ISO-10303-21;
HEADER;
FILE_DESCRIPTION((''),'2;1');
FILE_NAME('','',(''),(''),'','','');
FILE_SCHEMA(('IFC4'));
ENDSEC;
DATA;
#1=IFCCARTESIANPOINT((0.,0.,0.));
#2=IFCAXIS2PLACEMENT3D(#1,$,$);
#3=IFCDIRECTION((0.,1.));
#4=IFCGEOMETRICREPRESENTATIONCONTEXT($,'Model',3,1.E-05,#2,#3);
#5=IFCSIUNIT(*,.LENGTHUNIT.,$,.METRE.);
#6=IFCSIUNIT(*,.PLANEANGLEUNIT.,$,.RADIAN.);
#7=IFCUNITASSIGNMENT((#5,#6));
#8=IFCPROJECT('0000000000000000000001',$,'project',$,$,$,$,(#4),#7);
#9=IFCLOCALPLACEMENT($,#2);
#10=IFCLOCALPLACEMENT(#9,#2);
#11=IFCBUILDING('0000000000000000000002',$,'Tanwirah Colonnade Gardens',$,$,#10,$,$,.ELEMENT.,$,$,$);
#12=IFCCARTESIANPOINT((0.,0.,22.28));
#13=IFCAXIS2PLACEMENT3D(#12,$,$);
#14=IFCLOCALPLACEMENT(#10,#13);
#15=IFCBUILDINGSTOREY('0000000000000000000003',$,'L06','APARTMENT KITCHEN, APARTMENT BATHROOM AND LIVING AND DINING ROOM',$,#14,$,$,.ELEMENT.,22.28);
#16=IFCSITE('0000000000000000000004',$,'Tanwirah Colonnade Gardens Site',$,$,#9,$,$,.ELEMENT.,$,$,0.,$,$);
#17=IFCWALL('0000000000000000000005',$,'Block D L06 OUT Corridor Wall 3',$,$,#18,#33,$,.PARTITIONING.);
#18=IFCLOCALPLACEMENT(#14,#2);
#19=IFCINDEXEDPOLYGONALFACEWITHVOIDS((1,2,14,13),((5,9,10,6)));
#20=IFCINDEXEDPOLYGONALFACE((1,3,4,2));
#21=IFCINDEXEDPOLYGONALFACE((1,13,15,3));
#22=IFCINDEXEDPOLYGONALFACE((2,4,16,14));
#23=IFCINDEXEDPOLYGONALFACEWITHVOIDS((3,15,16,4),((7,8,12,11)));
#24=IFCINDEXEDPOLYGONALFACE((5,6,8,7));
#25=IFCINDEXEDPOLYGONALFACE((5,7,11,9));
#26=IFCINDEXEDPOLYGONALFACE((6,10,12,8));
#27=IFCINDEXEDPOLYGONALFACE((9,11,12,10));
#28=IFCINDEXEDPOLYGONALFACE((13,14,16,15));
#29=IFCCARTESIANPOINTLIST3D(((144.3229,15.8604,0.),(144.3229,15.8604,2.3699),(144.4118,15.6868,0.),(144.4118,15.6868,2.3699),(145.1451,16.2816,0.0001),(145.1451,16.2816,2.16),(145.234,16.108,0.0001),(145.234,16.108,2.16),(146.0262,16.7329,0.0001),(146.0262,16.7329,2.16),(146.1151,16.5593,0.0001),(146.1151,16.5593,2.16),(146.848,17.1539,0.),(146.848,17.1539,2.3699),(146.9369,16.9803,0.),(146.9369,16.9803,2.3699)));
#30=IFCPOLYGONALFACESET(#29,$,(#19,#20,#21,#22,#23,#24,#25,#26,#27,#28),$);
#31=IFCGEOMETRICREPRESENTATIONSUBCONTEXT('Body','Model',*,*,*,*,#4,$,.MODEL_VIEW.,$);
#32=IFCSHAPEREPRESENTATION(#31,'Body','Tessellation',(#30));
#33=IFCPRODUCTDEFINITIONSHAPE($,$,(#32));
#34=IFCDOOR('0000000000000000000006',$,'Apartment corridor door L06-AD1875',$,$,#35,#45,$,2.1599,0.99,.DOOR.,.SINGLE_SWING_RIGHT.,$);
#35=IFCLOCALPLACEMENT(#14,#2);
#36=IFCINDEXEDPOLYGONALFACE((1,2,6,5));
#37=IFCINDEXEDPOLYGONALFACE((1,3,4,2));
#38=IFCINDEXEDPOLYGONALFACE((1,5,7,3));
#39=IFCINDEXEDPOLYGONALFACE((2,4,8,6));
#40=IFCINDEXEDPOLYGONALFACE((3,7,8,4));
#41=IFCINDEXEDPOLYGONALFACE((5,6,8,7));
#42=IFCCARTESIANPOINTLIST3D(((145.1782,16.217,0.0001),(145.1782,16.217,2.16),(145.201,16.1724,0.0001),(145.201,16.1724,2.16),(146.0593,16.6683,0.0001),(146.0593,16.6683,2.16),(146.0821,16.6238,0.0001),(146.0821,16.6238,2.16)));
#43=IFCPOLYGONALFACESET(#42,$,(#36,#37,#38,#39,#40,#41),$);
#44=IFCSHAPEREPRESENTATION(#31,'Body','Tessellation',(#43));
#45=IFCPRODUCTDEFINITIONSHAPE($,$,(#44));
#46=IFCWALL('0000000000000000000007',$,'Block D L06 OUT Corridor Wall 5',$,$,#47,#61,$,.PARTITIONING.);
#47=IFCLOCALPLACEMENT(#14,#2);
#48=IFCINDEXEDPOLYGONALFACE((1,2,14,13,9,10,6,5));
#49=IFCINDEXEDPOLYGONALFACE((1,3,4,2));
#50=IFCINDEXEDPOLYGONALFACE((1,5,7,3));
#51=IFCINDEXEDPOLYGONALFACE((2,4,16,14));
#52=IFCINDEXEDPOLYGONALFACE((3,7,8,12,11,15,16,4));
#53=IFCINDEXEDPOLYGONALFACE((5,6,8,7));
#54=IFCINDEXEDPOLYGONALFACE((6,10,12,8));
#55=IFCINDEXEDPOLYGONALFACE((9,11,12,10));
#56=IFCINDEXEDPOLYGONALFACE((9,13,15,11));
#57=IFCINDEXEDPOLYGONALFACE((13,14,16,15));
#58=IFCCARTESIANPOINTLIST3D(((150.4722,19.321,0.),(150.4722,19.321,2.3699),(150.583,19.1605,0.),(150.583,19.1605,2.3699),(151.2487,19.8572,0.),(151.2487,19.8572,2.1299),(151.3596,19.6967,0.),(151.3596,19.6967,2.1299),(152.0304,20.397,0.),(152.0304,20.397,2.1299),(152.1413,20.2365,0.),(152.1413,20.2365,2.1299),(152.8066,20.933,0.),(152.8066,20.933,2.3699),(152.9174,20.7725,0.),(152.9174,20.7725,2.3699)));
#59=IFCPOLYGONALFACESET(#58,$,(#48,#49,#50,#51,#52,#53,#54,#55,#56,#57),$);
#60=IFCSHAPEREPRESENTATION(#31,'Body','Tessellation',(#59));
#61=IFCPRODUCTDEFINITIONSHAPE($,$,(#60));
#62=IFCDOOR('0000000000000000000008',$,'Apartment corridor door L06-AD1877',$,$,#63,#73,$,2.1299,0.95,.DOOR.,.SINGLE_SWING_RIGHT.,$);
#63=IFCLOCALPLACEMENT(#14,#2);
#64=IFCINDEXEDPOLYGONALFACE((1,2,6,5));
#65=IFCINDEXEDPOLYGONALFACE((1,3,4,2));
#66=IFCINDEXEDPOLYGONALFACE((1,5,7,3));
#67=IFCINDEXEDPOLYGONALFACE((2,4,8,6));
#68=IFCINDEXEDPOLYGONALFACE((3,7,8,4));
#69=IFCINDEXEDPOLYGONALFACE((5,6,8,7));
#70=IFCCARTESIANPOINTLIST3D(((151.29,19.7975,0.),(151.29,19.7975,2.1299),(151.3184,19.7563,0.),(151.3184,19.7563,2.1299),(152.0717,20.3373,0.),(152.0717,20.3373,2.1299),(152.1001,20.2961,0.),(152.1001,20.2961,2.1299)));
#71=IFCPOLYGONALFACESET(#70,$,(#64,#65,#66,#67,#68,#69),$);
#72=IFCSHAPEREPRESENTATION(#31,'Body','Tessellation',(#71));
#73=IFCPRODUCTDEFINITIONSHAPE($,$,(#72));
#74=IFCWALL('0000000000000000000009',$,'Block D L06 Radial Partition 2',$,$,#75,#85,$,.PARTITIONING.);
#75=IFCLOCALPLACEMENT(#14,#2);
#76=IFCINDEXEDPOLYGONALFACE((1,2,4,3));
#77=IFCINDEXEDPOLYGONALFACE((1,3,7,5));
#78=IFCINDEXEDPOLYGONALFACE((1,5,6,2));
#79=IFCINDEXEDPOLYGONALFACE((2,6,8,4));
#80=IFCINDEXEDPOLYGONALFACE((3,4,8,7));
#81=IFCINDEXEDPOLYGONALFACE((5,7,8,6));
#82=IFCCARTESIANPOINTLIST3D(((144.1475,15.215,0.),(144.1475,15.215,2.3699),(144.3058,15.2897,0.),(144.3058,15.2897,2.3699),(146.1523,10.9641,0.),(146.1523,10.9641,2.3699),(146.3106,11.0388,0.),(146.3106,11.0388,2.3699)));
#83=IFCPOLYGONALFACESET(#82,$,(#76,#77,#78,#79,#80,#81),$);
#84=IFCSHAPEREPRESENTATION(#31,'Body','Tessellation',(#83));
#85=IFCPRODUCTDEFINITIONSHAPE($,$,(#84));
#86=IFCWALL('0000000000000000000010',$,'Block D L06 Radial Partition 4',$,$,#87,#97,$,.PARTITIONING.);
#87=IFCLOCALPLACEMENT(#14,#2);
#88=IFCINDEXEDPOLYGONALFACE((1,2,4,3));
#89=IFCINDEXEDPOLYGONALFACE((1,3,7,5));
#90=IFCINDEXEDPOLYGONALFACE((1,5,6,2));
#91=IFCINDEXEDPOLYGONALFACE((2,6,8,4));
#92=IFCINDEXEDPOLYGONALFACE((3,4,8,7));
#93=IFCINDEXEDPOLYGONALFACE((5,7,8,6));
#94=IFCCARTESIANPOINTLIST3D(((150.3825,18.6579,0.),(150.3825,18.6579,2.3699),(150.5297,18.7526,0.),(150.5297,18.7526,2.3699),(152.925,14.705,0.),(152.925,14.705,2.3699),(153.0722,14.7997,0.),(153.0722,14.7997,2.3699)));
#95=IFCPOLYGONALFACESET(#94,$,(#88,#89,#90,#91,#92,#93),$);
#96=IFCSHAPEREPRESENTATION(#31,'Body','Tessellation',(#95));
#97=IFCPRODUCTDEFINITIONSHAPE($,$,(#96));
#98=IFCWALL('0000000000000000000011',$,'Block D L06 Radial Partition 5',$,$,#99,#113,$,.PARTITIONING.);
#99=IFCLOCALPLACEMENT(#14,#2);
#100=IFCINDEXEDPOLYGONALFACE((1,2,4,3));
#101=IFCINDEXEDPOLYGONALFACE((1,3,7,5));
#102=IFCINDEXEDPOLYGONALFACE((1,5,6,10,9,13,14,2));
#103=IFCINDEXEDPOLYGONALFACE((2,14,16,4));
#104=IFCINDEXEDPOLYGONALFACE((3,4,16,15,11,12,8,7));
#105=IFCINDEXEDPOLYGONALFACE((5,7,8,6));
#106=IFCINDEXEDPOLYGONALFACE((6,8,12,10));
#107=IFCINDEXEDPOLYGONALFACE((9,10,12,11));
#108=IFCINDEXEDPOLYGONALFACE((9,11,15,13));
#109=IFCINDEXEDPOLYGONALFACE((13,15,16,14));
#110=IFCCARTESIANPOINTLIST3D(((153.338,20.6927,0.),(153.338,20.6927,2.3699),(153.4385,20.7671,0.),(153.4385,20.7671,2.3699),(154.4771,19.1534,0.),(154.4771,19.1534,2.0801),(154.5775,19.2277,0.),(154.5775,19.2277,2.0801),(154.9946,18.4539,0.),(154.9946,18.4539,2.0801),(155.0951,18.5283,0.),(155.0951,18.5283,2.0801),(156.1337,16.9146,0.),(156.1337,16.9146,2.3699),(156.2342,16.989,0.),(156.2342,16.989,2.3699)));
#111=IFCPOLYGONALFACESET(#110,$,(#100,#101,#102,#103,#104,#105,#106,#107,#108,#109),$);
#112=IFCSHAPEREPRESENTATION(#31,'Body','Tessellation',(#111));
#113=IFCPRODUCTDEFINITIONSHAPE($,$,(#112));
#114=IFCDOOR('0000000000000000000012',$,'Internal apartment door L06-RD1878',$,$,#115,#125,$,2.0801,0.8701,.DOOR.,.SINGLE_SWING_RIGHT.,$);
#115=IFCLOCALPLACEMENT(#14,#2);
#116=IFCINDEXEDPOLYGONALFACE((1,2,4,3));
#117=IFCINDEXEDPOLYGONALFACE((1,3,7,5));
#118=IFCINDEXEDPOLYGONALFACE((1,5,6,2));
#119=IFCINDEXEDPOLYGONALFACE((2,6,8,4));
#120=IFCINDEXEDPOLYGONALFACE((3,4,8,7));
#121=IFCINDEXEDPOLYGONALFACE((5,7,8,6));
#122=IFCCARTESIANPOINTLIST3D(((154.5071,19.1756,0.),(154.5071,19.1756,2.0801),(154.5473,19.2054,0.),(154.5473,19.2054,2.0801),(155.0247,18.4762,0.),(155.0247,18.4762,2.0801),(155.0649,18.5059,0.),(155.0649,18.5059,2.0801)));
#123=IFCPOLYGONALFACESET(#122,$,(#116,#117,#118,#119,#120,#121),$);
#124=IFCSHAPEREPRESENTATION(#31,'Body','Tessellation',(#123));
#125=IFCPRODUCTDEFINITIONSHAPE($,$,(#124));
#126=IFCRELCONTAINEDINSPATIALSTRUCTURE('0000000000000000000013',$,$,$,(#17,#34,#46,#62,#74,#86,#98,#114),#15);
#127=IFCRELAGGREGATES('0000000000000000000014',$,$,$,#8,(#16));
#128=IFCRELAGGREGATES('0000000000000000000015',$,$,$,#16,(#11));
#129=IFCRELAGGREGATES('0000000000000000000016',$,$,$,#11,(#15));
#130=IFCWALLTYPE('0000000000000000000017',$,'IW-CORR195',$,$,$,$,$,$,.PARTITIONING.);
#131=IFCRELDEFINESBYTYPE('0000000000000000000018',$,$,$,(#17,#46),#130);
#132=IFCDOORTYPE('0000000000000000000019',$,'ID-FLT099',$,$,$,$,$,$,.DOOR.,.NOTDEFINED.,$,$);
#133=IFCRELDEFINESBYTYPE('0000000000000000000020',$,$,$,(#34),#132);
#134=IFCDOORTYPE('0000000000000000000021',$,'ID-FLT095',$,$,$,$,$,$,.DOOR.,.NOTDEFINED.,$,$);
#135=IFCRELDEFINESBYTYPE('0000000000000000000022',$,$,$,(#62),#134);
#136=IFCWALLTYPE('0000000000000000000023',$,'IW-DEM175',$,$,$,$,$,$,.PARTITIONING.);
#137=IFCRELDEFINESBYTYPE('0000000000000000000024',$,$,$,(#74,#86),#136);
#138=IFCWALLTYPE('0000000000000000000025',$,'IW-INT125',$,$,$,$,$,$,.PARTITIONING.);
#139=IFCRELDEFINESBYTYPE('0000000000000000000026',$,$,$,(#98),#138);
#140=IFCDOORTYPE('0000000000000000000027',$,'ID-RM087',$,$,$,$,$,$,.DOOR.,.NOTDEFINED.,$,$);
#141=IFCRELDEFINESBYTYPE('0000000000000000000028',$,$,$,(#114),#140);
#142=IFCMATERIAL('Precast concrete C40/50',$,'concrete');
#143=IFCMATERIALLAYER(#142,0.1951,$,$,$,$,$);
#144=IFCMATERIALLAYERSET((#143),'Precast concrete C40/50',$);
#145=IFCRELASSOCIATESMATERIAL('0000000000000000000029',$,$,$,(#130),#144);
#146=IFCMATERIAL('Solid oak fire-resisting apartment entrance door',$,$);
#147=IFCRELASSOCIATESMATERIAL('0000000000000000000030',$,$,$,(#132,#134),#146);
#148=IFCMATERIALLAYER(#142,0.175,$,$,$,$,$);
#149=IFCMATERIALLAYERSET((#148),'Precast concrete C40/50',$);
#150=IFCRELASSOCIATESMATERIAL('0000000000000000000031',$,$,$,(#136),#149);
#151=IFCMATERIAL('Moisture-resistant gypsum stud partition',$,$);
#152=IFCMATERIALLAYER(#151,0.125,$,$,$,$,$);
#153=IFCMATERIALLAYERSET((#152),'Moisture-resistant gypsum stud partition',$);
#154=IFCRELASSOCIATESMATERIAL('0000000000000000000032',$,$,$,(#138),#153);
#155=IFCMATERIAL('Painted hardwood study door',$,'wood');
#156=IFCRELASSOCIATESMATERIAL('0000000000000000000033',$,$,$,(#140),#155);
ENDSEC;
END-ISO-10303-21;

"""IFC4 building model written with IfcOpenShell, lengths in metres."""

from ifc_helpers import new_model, si_unit, direction, frame, frame_2d, origin, place, context, subcontext, project, spatial, rectangle, extrude, material, layer, layer_set, type_object, element, fill, save


model = new_model("IFC4")

# Units and contexts
model_context = context("Model", 3, precision=1e-05, world=origin(), true_north=direction((0.0, 1.0)))
body_context = subcontext(model_context, "Body", "Model", "MODEL_VIEW")
ifc_project = project(units=[si_unit("LENGTHUNIT", "METRE"), si_unit("PLANEANGLEUNIT", "RADIAN")], contexts=[model_context])

# Site, building, storey
site_placement = place(None, origin())
site = spatial("IfcSite", under=ifc_project, at=site_placement, Name="Tanwirah Colonnade Gardens Site", CompositionType="ELEMENT", RefElevation=0.0)
building_placement = place(site_placement, origin())
building = spatial("IfcBuilding", under=site, at=building_placement, Name="Tanwirah Colonnade Gardens", CompositionType="ELEMENT")
storey_placement = place(building_placement, frame((0.0, 0.0, 22.28)))
storey = spatial("IfcBuildingStorey", under=building, at=storey_placement, Name="L06", Description="APARTMENT KITCHEN, APARTMENT BATHROOM AND LIVING AND DINING ROOM", CompositionType="ELEMENT", Elevation=22.28)

# Shared definitions
ifc_material_1 = material(Name="Precast concrete C40/50", Category="concrete")

# Walls, openings, doors
ifc_layer_1 = layer(ifc_material_1, 0.1951)
ifc_layer_set_1 = layer_set([ifc_layer_1], Name="Precast concrete C40/50")
wall_type_1 = type_object("IfcWallType", Name="IW-CORR195", PredefinedType="PARTITIONING", material=ifc_layer_set_1)
wall_1_placement = place(storey_placement, frame((144.3674, 15.7737, 0.0), z_axis=(0.0, 0.0, 1.0), x_axis=(0.890031, 0.455901, 0.0)))
wall_1 = element("IfcWall", 1, at=wall_1_placement, inside=storey, type_object=wall_type_1, Name="Block D L06 OUT Corridor Wall 3", PredefinedType="PARTITIONING", context=body_context, shape_type="SweptSolid", body=[
    extrude(rectangle(XDim=2.8372, YDim=0.1951, at=frame_2d((1.4185, 0.0))), origin(), (0.0, 0.0, 1.0), 2.3699),
])
opening_1_placement = place(wall_1_placement, frame((0.9236, 0.0, 0.0)))
opening_1 = element("IfcOpeningElement", 2, at=opening_1_placement, cuts=wall_1, PredefinedType="OPENING", context=body_context, shape_type="SweptSolid", body=[
    extrude(rectangle(XDim=0.99, YDim=2.1599, at=frame_2d((0.4951, 1.0801))), frame((0.0, 0.1074, 0.0), z_axis=(0.0, -1.0, 0.0), x_axis=(1.0, 0.0, 0.0)), (0.0, 0.0, 1.0), 0.2151),
])
ifc_material_2 = material(Name="Solid oak fire-resisting apartment entrance door")
door_type_1 = type_object("IfcDoorType", Name="ID-FLT099", OperationType="NOTDEFINED", PredefinedType="DOOR", material=ifc_material_2)
door_1_placement = place(opening_1_placement, origin())
door_1 = element("IfcDoor", 3, at=door_1_placement, inside=storey, type_object=door_type_1, Name="Apartment corridor door L06-AD1875", OperationType="SINGLE_SWING_RIGHT", OverallHeight=2.1599, OverallWidth=0.99, PredefinedType="DOOR", context=body_context, shape_type="SweptSolid", body=[
    extrude(rectangle(XDim=0.99, YDim=2.1599, at=frame_2d((0.4951, 1.0801))), frame((0.0, 0.0249, 0.0), z_axis=(0.0, -1.0, 0.0), x_axis=(1.0, 0.0, 0.0)), (0.0, 0.0, 1.0), 0.05),
])
fill(opening_1, door_1)
wall_2_placement = place(storey_placement, frame((150.5276, 19.2407, 0.0), z_axis=(0.0, 0.0, 1.0), x_axis=(0.82287, 0.56823, 0.0)))
wall_2 = element("IfcWall", 4, at=wall_2_placement, inside=storey, type_object=wall_type_1, Name="Block D L06 OUT Corridor Wall 5", PredefinedType="PARTITIONING", context=body_context, shape_type="SweptSolid", body=[
    extrude(rectangle(XDim=2.8369, YDim=0.1951, at=frame_2d((1.4185, 0.0))), origin(), (0.0, 0.0, 1.0), 2.3699),
])
opening_2_placement = place(wall_2_placement, frame((0.9436, 0.0, 0.0)))
opening_2 = element("IfcOpeningElement", 5, at=opening_2_placement, cuts=wall_2, PredefinedType="OPENING", context=body_context, shape_type="SweptSolid", body=[
    extrude(rectangle(XDim=0.95, YDim=2.1299, at=frame_2d((0.4751, 1.0649))), frame((0.0, 0.1074, 0.0), z_axis=(0.0, -1.0, 0.0), x_axis=(1.0, 0.0, 0.0)), (0.0, 0.0, 1.0), 0.2151),
])
door_type_2 = type_object("IfcDoorType", Name="ID-FLT095", OperationType="NOTDEFINED", PredefinedType="DOOR", material=ifc_material_2)
door_2_placement = place(opening_2_placement, origin())
door_2 = element("IfcDoor", 6, at=door_2_placement, inside=storey, type_object=door_type_2, Name="Apartment corridor door L06-AD1877", OperationType="SINGLE_SWING_RIGHT", OverallHeight=2.1299, OverallWidth=0.95, PredefinedType="DOOR", context=body_context, shape_type="SweptSolid", body=[
    extrude(rectangle(XDim=0.95, YDim=2.1299, at=frame_2d((0.4751, 1.0649))), frame((0.0, 0.0249, 0.0), z_axis=(0.0, -1.0, 0.0), x_axis=(1.0, 0.0, 0.0)), (0.0, 0.0, 1.0), 0.05),
])
fill(opening_2, door_2)

# Walls
ifc_layer_2 = layer(ifc_material_1, 0.175)
ifc_layer_set_2 = layer_set([ifc_layer_2], Name="Precast concrete C40/50")
wall_type_2 = type_object("IfcWallType", Name="IW-DEM175", PredefinedType="PARTITIONING", material=ifc_layer_set_2)
for number, where, z_axis, x_axis, name in (
    (7, (144.2266, 15.2524, 0.0), (0.0, 0.0, 1.0), (0.426567, -0.904456, 0.0), "Block D L06 Radial Partition 2"),
    (8, (150.4561, 18.7053, 0.0), (0.0, 0.0, 1.0), (0.54096, -0.841048, 0.0), "Block D L06 Radial Partition 4"),
):
    element("IfcWall", number, at=place(storey_placement, frame(where, z_axis=z_axis, x_axis=x_axis)), inside=storey, type_object=wall_type_2, Name=name, PredefinedType="PARTITIONING", context=body_context, shape_type="SweptSolid", body=[
        extrude(rectangle(XDim=4.7, YDim=0.175, at=frame_2d((2.3501, 0.0))), origin(), (0.0, 0.0, 1.0), 2.3699),
    ])

# Wall, opening, door
ifc_material_3 = material(Name="Moisture-resistant gypsum stud partition")
ifc_layer_3 = layer(ifc_material_3, 0.125)
ifc_layer_set_3 = layer_set([ifc_layer_3], Name="Moisture-resistant gypsum stud partition")
wall_type_3 = type_object("IfcWallType", Name="IW-INT125", PredefinedType="PARTITIONING", material=ifc_layer_set_3)
wall_3_placement = place(storey_placement, frame((153.3882, 20.73, 0.0), z_axis=(0.0, 0.0, 1.0), x_axis=(0.594826, -0.803854, 0.0)))
wall_3 = element("IfcWall", 9, at=wall_3_placement, inside=storey, type_object=wall_type_3, Name="Block D L06 Radial Partition 5", PredefinedType="PARTITIONING", context=body_context, shape_type="SweptSolid", body=[
    extrude(rectangle(XDim=4.7, YDim=0.125, at=frame_2d((2.3501, 0.0))), origin(), (0.0, 0.0, 1.0), 2.3699),
])
opening_3_placement = place(wall_3_placement, frame((1.915, 0.0, 0.0)))
opening_3 = element("IfcOpeningElement", 10, at=opening_3_placement, cuts=wall_3, PredefinedType="OPENING", context=body_context, shape_type="SweptSolid", body=[
    extrude(rectangle(XDim=0.8701, YDim=2.0801, at=frame_2d((0.4351, 1.04))), frame((0.0, 0.0725, 0.0), z_axis=(0.0, -1.0, 0.0), x_axis=(1.0, 0.0, 0.0)), (0.0, 0.0, 1.0), 0.145),
])
ifc_material_4 = material(Name="Painted hardwood study door", Category="wood")
door_type_3 = type_object("IfcDoorType", Name="ID-RM087", OperationType="NOTDEFINED", PredefinedType="DOOR", material=ifc_material_4)
door_3_placement = place(opening_3_placement, origin())
door_3 = element("IfcDoor", 11, at=door_3_placement, inside=storey, type_object=door_type_3, Name="Internal apartment door L06-RD1878", OperationType="SINGLE_SWING_RIGHT", OverallHeight=2.0801, OverallWidth=0.8701, PredefinedType="DOOR", context=body_context, shape_type="SweptSolid", body=[
    extrude(rectangle(XDim=0.8701, YDim=2.0801, at=frame_2d((0.4351, 1.04))), frame((0.0, 0.0249, 0.0), z_axis=(0.0, -1.0, 0.0), x_axis=(1.0, 0.0, 0.0)), (0.0, 0.0, 1.0), 0.05),
])
fill(opening_3, door_3)

save(model, "model.ifc")
